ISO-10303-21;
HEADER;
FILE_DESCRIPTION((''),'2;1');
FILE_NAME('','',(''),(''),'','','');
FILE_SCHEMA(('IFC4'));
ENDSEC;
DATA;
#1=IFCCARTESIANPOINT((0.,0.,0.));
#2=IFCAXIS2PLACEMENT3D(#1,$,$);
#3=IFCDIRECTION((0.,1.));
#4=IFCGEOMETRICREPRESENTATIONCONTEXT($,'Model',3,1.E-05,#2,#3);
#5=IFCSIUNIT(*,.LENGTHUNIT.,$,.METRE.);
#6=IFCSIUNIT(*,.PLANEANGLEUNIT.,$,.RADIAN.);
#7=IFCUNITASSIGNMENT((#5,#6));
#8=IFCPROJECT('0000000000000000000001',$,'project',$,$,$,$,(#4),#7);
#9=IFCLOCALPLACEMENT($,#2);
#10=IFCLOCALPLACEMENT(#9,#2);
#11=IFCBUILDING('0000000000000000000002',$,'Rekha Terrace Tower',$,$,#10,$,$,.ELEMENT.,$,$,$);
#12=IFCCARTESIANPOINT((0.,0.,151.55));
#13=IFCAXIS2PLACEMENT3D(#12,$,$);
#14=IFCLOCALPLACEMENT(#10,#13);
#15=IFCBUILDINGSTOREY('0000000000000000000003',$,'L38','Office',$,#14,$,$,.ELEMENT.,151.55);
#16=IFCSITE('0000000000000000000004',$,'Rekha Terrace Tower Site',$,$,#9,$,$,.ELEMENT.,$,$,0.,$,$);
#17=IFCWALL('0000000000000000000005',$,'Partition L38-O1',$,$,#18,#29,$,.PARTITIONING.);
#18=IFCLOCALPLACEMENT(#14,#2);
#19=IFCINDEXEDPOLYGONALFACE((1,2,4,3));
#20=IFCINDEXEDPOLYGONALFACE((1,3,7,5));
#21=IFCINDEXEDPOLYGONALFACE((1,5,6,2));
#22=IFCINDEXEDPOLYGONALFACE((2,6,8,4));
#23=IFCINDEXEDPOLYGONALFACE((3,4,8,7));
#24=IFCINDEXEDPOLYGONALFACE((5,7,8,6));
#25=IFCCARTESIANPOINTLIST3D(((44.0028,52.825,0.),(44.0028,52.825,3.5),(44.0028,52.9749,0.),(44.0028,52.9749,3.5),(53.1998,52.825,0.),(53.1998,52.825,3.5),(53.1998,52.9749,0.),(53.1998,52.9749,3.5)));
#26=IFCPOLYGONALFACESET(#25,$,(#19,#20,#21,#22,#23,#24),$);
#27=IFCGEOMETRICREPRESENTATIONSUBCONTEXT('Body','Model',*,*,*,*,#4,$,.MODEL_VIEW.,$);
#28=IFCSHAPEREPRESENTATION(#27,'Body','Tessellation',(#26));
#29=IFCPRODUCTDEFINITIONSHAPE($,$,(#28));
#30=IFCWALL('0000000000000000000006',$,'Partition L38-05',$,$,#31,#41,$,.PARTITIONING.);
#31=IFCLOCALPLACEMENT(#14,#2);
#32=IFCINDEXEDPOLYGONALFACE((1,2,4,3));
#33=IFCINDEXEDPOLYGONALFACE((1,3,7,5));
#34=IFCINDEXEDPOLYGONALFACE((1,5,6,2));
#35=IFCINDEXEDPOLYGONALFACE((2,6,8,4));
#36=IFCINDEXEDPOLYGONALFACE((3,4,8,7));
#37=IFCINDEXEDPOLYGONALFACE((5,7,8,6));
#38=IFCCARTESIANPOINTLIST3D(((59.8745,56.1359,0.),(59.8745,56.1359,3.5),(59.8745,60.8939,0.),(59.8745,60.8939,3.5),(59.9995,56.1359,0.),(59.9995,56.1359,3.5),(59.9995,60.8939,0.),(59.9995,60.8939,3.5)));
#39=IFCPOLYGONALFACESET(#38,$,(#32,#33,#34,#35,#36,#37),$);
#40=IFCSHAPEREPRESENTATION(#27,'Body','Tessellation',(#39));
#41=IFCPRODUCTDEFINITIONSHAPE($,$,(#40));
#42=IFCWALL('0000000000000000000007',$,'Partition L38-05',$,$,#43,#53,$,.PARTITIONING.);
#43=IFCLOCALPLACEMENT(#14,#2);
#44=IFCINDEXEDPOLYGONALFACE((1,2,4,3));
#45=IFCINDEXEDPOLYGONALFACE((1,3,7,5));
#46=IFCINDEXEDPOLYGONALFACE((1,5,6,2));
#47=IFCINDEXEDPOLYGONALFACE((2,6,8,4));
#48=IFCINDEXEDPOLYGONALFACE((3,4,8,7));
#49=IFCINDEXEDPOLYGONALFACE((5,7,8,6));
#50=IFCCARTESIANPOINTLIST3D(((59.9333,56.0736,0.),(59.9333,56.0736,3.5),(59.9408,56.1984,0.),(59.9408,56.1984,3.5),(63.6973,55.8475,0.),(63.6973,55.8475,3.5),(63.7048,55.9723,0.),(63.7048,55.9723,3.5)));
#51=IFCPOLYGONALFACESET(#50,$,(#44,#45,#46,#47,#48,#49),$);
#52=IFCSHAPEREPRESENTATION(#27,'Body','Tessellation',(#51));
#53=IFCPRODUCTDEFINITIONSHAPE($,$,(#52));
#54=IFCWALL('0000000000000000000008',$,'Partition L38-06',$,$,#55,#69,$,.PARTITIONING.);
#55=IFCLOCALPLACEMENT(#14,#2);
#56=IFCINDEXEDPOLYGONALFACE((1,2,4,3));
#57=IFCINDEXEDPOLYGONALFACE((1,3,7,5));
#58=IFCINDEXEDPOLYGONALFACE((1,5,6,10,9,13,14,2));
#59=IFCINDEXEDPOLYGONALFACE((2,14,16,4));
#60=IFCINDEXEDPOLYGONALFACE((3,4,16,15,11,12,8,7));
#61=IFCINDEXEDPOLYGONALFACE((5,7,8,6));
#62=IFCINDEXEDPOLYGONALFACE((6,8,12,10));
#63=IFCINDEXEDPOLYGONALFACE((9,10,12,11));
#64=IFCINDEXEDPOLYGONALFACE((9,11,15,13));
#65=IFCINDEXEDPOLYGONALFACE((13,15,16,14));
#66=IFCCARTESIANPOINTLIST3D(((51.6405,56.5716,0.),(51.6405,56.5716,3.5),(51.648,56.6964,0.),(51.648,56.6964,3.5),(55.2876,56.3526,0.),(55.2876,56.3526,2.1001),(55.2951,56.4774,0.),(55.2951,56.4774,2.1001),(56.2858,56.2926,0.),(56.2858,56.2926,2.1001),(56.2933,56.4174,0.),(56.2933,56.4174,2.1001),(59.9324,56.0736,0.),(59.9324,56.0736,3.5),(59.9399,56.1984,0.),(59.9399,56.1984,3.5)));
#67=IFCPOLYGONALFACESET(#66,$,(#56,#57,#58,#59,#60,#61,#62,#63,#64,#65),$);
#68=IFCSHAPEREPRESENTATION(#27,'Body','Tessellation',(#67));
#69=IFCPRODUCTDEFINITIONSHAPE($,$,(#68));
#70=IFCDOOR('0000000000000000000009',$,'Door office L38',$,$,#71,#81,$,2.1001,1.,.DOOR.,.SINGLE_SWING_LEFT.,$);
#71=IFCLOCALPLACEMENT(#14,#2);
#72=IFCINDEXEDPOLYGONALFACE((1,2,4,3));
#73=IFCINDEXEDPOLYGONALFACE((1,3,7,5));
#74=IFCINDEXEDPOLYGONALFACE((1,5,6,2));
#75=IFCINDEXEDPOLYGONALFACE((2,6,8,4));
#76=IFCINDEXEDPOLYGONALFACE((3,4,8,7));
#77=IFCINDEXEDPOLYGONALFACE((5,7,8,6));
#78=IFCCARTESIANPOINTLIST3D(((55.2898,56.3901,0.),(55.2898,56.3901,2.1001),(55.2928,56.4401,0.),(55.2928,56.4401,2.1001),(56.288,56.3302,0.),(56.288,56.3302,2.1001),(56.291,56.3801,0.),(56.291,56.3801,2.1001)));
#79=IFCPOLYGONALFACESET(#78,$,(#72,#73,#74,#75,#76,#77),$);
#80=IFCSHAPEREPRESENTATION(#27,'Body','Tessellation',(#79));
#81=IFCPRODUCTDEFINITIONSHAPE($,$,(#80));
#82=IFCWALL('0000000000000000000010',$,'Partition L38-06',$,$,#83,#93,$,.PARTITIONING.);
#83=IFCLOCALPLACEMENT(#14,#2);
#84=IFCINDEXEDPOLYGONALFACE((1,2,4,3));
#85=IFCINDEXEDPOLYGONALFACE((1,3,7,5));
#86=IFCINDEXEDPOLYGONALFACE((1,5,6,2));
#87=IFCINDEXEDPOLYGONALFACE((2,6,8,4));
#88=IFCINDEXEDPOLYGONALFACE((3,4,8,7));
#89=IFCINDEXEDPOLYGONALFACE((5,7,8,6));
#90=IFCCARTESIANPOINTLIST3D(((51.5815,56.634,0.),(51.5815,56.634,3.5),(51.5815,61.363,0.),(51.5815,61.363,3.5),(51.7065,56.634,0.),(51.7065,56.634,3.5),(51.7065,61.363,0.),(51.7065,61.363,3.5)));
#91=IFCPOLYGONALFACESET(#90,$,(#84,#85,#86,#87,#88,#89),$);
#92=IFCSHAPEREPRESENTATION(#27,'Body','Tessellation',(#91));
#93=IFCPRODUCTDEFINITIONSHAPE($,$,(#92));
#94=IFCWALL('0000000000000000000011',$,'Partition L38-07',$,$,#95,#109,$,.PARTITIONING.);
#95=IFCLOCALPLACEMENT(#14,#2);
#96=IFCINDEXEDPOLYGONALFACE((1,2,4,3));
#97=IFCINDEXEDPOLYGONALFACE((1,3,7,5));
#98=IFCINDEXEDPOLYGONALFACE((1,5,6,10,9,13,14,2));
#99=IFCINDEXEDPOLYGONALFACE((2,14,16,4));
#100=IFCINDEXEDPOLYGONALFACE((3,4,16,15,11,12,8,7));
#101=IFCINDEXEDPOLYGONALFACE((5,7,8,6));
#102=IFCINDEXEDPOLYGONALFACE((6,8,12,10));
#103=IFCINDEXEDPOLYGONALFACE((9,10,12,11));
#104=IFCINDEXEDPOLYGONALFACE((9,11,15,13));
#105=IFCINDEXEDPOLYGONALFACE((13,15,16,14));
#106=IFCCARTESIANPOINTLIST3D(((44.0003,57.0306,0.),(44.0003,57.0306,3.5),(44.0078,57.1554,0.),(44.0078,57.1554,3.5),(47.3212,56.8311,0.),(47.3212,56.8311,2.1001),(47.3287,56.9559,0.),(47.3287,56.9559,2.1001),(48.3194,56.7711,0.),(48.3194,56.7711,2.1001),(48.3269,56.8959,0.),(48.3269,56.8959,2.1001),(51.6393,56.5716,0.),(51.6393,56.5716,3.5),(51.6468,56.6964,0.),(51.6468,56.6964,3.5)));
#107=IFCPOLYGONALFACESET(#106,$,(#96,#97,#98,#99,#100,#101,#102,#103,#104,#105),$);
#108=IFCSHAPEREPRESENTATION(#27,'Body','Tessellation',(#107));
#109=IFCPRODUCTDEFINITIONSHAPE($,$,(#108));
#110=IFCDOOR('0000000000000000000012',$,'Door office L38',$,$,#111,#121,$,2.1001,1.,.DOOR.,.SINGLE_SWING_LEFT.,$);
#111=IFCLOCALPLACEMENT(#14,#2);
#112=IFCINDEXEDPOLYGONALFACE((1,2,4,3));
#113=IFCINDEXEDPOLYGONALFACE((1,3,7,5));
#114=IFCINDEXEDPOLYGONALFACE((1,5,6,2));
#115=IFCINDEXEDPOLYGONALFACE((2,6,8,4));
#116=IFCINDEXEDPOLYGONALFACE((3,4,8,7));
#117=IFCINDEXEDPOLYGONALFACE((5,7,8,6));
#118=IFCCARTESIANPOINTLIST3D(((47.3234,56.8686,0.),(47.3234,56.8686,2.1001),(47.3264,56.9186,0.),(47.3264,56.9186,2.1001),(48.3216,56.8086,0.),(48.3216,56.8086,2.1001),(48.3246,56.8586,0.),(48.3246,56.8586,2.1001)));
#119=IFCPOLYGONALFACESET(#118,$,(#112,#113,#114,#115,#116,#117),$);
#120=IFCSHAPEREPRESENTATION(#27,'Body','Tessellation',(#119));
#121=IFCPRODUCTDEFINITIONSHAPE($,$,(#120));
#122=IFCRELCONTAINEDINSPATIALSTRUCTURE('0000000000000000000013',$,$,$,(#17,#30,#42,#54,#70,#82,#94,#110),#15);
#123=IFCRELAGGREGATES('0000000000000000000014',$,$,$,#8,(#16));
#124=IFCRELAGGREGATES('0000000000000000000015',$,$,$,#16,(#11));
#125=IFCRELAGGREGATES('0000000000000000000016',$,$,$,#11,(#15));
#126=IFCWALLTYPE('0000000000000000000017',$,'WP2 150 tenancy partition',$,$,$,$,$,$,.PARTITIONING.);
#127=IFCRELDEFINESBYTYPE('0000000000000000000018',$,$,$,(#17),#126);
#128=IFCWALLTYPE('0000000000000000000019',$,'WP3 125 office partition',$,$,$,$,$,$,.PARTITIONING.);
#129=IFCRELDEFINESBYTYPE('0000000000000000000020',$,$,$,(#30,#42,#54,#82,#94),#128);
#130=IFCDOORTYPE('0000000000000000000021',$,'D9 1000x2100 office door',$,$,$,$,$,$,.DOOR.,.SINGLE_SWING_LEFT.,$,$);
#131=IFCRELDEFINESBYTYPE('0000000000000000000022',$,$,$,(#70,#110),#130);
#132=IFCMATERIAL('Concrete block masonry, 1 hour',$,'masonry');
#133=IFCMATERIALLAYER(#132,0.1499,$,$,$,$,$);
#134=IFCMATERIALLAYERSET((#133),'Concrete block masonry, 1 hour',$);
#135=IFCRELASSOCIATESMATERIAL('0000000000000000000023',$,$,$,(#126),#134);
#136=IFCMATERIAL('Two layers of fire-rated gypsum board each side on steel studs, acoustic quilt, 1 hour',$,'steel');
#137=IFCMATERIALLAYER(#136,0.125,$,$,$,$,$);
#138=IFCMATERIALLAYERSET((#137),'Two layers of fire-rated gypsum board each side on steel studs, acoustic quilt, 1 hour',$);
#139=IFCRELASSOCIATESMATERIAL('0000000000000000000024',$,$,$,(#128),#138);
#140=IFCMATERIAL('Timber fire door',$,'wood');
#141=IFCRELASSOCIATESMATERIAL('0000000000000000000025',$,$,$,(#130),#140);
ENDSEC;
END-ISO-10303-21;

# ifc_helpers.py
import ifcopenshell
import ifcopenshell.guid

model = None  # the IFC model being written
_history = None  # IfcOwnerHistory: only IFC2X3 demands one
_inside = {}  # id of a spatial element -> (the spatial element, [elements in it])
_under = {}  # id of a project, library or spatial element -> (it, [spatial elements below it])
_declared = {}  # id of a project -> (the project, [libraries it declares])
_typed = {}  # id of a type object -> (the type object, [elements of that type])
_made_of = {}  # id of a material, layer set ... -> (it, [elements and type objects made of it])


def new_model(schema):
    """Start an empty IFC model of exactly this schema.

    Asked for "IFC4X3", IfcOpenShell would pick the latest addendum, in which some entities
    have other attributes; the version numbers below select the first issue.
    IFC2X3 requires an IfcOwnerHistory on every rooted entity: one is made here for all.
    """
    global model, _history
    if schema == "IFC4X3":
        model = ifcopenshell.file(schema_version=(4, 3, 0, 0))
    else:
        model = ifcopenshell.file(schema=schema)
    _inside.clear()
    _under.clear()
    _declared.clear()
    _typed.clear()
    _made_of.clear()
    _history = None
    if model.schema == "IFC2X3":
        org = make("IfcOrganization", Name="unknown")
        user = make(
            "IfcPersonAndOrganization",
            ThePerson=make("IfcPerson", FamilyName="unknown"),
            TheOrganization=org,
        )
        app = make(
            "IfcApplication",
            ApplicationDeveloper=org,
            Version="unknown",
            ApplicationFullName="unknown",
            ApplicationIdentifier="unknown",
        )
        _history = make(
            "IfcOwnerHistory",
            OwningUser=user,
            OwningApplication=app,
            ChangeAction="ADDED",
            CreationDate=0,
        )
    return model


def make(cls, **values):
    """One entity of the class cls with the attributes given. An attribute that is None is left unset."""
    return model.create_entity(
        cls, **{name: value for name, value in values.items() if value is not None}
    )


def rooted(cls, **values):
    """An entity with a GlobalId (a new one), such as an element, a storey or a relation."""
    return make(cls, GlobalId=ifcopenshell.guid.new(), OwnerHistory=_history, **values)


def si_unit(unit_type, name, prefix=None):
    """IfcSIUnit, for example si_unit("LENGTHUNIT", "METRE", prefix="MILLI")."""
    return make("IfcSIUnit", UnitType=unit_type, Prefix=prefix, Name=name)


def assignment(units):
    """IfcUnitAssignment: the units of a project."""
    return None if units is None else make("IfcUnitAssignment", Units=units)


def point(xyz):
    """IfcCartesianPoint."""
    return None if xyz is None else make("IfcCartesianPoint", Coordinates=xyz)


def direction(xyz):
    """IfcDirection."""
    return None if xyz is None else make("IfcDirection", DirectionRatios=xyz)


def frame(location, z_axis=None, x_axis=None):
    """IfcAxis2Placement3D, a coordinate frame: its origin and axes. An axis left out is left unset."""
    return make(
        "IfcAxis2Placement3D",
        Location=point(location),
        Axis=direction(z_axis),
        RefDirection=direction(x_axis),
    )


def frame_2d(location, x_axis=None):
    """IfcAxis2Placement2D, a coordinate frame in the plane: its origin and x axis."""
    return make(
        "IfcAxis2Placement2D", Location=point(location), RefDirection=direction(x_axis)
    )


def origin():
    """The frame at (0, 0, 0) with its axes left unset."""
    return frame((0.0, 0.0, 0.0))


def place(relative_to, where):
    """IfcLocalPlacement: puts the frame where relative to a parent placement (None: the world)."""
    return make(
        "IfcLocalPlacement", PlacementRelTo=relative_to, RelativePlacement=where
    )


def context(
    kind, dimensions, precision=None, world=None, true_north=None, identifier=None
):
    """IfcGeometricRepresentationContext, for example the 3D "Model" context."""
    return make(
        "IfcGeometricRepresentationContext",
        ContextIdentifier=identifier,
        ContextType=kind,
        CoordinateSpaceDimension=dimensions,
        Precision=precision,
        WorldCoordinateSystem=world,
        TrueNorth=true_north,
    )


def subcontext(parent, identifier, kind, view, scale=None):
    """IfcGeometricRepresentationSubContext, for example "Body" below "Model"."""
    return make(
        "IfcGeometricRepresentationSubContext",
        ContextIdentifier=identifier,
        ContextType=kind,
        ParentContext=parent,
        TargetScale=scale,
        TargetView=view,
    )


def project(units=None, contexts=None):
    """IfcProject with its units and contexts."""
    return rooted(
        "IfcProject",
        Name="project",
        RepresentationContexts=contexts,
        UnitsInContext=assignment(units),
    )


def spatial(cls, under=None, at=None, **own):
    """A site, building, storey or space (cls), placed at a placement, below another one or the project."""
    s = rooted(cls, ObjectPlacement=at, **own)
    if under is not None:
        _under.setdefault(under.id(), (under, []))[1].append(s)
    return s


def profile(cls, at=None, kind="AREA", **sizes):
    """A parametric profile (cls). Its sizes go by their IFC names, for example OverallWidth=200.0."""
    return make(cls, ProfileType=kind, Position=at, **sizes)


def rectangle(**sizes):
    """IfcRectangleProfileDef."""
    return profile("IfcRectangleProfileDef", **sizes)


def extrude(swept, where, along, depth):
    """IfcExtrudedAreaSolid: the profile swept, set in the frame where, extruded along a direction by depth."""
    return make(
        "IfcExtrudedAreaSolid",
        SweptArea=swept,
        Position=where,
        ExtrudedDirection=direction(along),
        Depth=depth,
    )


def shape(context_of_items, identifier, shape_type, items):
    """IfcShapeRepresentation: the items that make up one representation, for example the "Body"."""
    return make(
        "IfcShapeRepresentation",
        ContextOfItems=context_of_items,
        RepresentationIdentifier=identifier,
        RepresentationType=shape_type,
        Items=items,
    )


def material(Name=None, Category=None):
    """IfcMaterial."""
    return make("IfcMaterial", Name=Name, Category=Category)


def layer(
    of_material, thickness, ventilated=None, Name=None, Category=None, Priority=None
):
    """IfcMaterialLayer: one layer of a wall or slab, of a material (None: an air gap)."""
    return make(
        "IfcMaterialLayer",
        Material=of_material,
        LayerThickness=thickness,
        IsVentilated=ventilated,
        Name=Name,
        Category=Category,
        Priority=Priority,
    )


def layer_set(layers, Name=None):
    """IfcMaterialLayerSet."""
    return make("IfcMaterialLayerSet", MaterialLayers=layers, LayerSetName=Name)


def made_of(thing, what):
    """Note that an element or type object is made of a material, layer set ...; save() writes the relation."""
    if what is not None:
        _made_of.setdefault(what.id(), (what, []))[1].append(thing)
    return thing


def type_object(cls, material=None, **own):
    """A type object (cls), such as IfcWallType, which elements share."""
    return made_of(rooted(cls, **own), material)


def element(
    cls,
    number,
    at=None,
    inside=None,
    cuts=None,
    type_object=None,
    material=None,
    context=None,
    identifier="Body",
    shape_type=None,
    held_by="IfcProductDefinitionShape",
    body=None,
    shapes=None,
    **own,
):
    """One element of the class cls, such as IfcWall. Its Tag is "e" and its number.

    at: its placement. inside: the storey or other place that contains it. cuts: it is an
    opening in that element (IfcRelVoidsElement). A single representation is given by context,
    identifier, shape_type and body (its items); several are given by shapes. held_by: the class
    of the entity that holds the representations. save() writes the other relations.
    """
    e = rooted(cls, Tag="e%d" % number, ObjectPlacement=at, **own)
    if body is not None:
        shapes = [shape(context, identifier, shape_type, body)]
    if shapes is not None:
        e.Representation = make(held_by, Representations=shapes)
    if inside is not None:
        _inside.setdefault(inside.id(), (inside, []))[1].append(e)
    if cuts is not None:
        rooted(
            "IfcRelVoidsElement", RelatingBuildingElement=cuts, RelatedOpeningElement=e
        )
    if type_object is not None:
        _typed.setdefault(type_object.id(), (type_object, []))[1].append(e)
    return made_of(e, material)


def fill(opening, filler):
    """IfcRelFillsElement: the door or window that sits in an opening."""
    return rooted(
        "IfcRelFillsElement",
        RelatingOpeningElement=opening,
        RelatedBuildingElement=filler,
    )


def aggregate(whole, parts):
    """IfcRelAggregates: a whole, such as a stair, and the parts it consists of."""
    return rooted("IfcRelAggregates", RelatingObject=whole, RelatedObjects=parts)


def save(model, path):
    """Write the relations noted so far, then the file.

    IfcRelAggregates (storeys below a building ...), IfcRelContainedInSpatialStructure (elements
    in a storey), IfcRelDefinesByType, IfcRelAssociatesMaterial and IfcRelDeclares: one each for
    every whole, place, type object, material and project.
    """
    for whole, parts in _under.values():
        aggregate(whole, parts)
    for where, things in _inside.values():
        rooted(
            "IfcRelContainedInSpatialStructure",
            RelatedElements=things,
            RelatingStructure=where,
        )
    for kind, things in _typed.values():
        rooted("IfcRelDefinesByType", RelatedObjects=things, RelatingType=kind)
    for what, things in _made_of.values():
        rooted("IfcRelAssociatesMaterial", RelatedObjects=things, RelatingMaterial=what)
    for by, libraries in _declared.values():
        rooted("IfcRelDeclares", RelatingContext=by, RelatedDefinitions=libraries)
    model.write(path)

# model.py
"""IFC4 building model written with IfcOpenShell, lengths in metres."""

from ifc_helpers import new_model, si_unit, direction, frame, frame_2d, origin, place, context, subcontext, project, spatial, rectangle, extrude, material, layer, layer_set, type_object, element, fill, save


model = new_model("IFC4")

# Units and contexts
model_context = context("Model", 3, precision=1e-05, world=origin(), true_north=direction((0.0, 1.0)))
body_context = subcontext(model_context, "Body", "Model", "MODEL_VIEW")
ifc_project = project(units=[si_unit("LENGTHUNIT", "METRE"), si_unit("PLANEANGLEUNIT", "RADIAN")], contexts=[model_context])

# Site, building, storey
site_placement = place(None, origin())
site = spatial("IfcSite", under=ifc_project, at=site_placement, Name="Rekha Terrace Tower Site", CompositionType="ELEMENT", RefElevation=0.0)
building_placement = place(site_placement, origin())
building = spatial("IfcBuilding", under=site, at=building_placement, Name="Rekha Terrace Tower", CompositionType="ELEMENT")
storey_placement = place(building_placement, frame((0.0, 0.0, 151.55)))
storey = spatial("IfcBuildingStorey", under=building, at=storey_placement, Name="L38", Description="Office", CompositionType="ELEMENT", Elevation=151.55)

# Walls
ifc_material_1 = material(Name="Concrete block masonry, 1 hour", Category="masonry")
ifc_layer_1 = layer(ifc_material_1, 0.1499)
ifc_layer_set_1 = layer_set([ifc_layer_1], Name="Concrete block masonry, 1 hour")
wall_type_1 = type_object("IfcWallType", Name="WP2 150 tenancy partition", PredefinedType="PARTITIONING", material=ifc_layer_set_1)
wall_1_placement = place(storey_placement, frame((53.2, 52.8999, 0.0), z_axis=(0.0, 0.0, 1.0), x_axis=(-1.0, 0.0, 0.0)))
element("IfcWall", 1, at=wall_1_placement, inside=storey, type_object=wall_type_1, Name="Partition L38-O1", PredefinedType="PARTITIONING", context=body_context, shape_type="SweptSolid", body=[
    extrude(rectangle(XDim=9.197, YDim=0.1499, at=frame_2d((4.5986, 0.0))), origin(), (0.0, 0.0, 1.0), 3.5),
])
ifc_material_2 = material(Name="Two layers of fire-rated gypsum board each side on steel studs, acoustic quilt, 1 hour", Category="steel")
ifc_layer_2 = layer(ifc_material_2, 0.125)
ifc_layer_set_2 = layer_set([ifc_layer_2], Name="Two layers of fire-rated gypsum board each side on steel studs, acoustic quilt, 1 hour")
wall_type_2 = type_object("IfcWallType", Name="WP3 125 office partition", PredefinedType="PARTITIONING", material=ifc_layer_set_2)
wall_2_placement = place(storey_placement, frame((59.937, 56.136, 0.0), z_axis=(0.0, 0.0, 1.0), x_axis=(0.0, 1.0, 0.0)))
element("IfcWall", 2, at=wall_2_placement, inside=storey, type_object=wall_type_2, Name="Partition L38-05", PredefinedType="PARTITIONING", context=body_context, shape_type="SweptSolid", body=[
    extrude(rectangle(XDim=4.7581, YDim=0.125, at=frame_2d((2.3789, 0.0))), origin(), (0.0, 0.0, 1.0), 3.5),
])
wall_3_placement = place(storey_placement, frame((63.7009, 55.9099, 0.0), z_axis=(0.0, 0.0, 1.0), x_axis=(-0.998201, 0.059956, 0.0)))
element("IfcWall", 3, at=wall_3_placement, inside=storey, type_object=wall_type_2, Name="Partition L38-05", PredefinedType="PARTITIONING", context=body_context, shape_type="SweptSolid", body=[
    extrude(rectangle(XDim=3.7708, YDim=0.125, at=frame_2d((1.8853, 0.0))), origin(), (0.0, 0.0, 1.0), 3.5),
])

# Wall, opening, door
wall_4_placement = place(storey_placement, frame((59.936, 56.136, 0.0), z_axis=(0.0, 0.0, 1.0), x_axis=(-0.998201, 0.059956, 0.0)))
wall_4 = element("IfcWall", 4, at=wall_4_placement, inside=storey, type_object=wall_type_2, Name="Partition L38-06", PredefinedType="PARTITIONING", context=body_context, shape_type="SweptSolid", body=[
    extrude(rectangle(XDim=8.3069, YDim=0.125, at=frame_2d((4.1533, 0.0))), origin(), (0.0, 0.0, 1.0), 3.5),
])
opening_1_placement = place(wall_4_placement, frame((3.6531, 0.0, 0.0)))
opening_1 = element("IfcOpeningElement", 5, at=opening_1_placement, cuts=wall_4, PredefinedType="OPENING", context=body_context, shape_type="SweptSolid", body=[
    extrude(rectangle(XDim=1.0, YDim=2.1001, at=frame_2d((0.5, 1.05))), frame((0.0, 0.0725, 0.0), z_axis=(0.0, -1.0, 0.0), x_axis=(1.0, 0.0, 0.0)), (0.0, 0.0, 1.0), 0.145),
])
ifc_material_3 = material(Name="Timber fire door", Category="wood")
door_type = type_object("IfcDoorType", Name="D9 1000x2100 office door", OperationType="SINGLE_SWING_LEFT", PredefinedType="DOOR", material=ifc_material_3)
door_1_placement = place(opening_1_placement, origin())
door_1 = element("IfcDoor", 6, at=door_1_placement, inside=storey, type_object=door_type, Name="Door office L38", OperationType="SINGLE_SWING_LEFT", OverallHeight=2.1001, OverallWidth=1.0, PredefinedType="DOOR", context=body_context, shape_type="SweptSolid", body=[
    extrude(rectangle(XDim=1.0, YDim=2.1001, at=frame_2d((0.5, 1.05))), frame((0.0, 0.0249, 0.0), z_axis=(0.0, -1.0, 0.0), x_axis=(1.0, 0.0, 0.0)), (0.0, 0.0, 1.0), 0.05),
])
fill(opening_1, door_1)

# Wall
wall_5_placement = place(storey_placement, frame((51.644, 56.634, 0.0), z_axis=(0.0, 0.0, 1.0), x_axis=(0.0, 1.0, 0.0)))
element("IfcWall", 7, at=wall_5_placement, inside=storey, type_object=wall_type_2, Name="Partition L38-06", PredefinedType="PARTITIONING", context=body_context, shape_type="SweptSolid", body=[
    extrude(rectangle(XDim=4.729, YDim=0.125, at=frame_2d((2.3645, 0.0))), origin(), (0.0, 0.0, 1.0), 3.5),
])

# Wall, opening, door
wall_6_placement = place(storey_placement, frame((51.6431, 56.634, 0.0), z_axis=(0.0, 0.0, 1.0), x_axis=(-0.9982, 0.059975, 0.0)))
wall_6 = element("IfcWall", 8, at=wall_6_placement, inside=storey, type_object=wall_type_2, Name="Partition L38-07", PredefinedType="PARTITIONING", context=body_context, shape_type="SweptSolid", body=[
    extrude(rectangle(XDim=7.6528, YDim=0.125, at=frame_2d((3.8264, 0.0))), origin(), (0.0, 0.0, 1.0), 3.5),
])
opening_2_placement = place(wall_6_placement, frame((3.3259, 0.0, 0.0)))
opening_2 = element("IfcOpeningElement", 9, at=opening_2_placement, cuts=wall_6, PredefinedType="OPENING", context=body_context, shape_type="SweptSolid", body=[
    extrude(rectangle(XDim=1.0, YDim=2.1001, at=frame_2d((0.5, 1.05))), frame((0.0, 0.0725, 0.0), z_axis=(0.0, -1.0, 0.0), x_axis=(1.0, 0.0, 0.0)), (0.0, 0.0, 1.0), 0.145),
])
door_2_placement = place(opening_2_placement, origin())
door_2 = element("IfcDoor", 10, at=door_2_placement, inside=storey, type_object=door_type, Name="Door office L38", OperationType="SINGLE_SWING_LEFT", OverallHeight=2.1001, OverallWidth=1.0, PredefinedType="DOOR", context=body_context, shape_type="SweptSolid", body=[
    extrude(rectangle(XDim=1.0, YDim=2.1001, at=frame_2d((0.5, 1.05))), frame((0.0, 0.0249, 0.0), z_axis=(0.0, -1.0, 0.0), x_axis=(1.0, 0.0, 0.0)), (0.0, 0.0, 1.0), 0.05),
])
fill(opening_2, door_2)

save(model, "model.ifc")
